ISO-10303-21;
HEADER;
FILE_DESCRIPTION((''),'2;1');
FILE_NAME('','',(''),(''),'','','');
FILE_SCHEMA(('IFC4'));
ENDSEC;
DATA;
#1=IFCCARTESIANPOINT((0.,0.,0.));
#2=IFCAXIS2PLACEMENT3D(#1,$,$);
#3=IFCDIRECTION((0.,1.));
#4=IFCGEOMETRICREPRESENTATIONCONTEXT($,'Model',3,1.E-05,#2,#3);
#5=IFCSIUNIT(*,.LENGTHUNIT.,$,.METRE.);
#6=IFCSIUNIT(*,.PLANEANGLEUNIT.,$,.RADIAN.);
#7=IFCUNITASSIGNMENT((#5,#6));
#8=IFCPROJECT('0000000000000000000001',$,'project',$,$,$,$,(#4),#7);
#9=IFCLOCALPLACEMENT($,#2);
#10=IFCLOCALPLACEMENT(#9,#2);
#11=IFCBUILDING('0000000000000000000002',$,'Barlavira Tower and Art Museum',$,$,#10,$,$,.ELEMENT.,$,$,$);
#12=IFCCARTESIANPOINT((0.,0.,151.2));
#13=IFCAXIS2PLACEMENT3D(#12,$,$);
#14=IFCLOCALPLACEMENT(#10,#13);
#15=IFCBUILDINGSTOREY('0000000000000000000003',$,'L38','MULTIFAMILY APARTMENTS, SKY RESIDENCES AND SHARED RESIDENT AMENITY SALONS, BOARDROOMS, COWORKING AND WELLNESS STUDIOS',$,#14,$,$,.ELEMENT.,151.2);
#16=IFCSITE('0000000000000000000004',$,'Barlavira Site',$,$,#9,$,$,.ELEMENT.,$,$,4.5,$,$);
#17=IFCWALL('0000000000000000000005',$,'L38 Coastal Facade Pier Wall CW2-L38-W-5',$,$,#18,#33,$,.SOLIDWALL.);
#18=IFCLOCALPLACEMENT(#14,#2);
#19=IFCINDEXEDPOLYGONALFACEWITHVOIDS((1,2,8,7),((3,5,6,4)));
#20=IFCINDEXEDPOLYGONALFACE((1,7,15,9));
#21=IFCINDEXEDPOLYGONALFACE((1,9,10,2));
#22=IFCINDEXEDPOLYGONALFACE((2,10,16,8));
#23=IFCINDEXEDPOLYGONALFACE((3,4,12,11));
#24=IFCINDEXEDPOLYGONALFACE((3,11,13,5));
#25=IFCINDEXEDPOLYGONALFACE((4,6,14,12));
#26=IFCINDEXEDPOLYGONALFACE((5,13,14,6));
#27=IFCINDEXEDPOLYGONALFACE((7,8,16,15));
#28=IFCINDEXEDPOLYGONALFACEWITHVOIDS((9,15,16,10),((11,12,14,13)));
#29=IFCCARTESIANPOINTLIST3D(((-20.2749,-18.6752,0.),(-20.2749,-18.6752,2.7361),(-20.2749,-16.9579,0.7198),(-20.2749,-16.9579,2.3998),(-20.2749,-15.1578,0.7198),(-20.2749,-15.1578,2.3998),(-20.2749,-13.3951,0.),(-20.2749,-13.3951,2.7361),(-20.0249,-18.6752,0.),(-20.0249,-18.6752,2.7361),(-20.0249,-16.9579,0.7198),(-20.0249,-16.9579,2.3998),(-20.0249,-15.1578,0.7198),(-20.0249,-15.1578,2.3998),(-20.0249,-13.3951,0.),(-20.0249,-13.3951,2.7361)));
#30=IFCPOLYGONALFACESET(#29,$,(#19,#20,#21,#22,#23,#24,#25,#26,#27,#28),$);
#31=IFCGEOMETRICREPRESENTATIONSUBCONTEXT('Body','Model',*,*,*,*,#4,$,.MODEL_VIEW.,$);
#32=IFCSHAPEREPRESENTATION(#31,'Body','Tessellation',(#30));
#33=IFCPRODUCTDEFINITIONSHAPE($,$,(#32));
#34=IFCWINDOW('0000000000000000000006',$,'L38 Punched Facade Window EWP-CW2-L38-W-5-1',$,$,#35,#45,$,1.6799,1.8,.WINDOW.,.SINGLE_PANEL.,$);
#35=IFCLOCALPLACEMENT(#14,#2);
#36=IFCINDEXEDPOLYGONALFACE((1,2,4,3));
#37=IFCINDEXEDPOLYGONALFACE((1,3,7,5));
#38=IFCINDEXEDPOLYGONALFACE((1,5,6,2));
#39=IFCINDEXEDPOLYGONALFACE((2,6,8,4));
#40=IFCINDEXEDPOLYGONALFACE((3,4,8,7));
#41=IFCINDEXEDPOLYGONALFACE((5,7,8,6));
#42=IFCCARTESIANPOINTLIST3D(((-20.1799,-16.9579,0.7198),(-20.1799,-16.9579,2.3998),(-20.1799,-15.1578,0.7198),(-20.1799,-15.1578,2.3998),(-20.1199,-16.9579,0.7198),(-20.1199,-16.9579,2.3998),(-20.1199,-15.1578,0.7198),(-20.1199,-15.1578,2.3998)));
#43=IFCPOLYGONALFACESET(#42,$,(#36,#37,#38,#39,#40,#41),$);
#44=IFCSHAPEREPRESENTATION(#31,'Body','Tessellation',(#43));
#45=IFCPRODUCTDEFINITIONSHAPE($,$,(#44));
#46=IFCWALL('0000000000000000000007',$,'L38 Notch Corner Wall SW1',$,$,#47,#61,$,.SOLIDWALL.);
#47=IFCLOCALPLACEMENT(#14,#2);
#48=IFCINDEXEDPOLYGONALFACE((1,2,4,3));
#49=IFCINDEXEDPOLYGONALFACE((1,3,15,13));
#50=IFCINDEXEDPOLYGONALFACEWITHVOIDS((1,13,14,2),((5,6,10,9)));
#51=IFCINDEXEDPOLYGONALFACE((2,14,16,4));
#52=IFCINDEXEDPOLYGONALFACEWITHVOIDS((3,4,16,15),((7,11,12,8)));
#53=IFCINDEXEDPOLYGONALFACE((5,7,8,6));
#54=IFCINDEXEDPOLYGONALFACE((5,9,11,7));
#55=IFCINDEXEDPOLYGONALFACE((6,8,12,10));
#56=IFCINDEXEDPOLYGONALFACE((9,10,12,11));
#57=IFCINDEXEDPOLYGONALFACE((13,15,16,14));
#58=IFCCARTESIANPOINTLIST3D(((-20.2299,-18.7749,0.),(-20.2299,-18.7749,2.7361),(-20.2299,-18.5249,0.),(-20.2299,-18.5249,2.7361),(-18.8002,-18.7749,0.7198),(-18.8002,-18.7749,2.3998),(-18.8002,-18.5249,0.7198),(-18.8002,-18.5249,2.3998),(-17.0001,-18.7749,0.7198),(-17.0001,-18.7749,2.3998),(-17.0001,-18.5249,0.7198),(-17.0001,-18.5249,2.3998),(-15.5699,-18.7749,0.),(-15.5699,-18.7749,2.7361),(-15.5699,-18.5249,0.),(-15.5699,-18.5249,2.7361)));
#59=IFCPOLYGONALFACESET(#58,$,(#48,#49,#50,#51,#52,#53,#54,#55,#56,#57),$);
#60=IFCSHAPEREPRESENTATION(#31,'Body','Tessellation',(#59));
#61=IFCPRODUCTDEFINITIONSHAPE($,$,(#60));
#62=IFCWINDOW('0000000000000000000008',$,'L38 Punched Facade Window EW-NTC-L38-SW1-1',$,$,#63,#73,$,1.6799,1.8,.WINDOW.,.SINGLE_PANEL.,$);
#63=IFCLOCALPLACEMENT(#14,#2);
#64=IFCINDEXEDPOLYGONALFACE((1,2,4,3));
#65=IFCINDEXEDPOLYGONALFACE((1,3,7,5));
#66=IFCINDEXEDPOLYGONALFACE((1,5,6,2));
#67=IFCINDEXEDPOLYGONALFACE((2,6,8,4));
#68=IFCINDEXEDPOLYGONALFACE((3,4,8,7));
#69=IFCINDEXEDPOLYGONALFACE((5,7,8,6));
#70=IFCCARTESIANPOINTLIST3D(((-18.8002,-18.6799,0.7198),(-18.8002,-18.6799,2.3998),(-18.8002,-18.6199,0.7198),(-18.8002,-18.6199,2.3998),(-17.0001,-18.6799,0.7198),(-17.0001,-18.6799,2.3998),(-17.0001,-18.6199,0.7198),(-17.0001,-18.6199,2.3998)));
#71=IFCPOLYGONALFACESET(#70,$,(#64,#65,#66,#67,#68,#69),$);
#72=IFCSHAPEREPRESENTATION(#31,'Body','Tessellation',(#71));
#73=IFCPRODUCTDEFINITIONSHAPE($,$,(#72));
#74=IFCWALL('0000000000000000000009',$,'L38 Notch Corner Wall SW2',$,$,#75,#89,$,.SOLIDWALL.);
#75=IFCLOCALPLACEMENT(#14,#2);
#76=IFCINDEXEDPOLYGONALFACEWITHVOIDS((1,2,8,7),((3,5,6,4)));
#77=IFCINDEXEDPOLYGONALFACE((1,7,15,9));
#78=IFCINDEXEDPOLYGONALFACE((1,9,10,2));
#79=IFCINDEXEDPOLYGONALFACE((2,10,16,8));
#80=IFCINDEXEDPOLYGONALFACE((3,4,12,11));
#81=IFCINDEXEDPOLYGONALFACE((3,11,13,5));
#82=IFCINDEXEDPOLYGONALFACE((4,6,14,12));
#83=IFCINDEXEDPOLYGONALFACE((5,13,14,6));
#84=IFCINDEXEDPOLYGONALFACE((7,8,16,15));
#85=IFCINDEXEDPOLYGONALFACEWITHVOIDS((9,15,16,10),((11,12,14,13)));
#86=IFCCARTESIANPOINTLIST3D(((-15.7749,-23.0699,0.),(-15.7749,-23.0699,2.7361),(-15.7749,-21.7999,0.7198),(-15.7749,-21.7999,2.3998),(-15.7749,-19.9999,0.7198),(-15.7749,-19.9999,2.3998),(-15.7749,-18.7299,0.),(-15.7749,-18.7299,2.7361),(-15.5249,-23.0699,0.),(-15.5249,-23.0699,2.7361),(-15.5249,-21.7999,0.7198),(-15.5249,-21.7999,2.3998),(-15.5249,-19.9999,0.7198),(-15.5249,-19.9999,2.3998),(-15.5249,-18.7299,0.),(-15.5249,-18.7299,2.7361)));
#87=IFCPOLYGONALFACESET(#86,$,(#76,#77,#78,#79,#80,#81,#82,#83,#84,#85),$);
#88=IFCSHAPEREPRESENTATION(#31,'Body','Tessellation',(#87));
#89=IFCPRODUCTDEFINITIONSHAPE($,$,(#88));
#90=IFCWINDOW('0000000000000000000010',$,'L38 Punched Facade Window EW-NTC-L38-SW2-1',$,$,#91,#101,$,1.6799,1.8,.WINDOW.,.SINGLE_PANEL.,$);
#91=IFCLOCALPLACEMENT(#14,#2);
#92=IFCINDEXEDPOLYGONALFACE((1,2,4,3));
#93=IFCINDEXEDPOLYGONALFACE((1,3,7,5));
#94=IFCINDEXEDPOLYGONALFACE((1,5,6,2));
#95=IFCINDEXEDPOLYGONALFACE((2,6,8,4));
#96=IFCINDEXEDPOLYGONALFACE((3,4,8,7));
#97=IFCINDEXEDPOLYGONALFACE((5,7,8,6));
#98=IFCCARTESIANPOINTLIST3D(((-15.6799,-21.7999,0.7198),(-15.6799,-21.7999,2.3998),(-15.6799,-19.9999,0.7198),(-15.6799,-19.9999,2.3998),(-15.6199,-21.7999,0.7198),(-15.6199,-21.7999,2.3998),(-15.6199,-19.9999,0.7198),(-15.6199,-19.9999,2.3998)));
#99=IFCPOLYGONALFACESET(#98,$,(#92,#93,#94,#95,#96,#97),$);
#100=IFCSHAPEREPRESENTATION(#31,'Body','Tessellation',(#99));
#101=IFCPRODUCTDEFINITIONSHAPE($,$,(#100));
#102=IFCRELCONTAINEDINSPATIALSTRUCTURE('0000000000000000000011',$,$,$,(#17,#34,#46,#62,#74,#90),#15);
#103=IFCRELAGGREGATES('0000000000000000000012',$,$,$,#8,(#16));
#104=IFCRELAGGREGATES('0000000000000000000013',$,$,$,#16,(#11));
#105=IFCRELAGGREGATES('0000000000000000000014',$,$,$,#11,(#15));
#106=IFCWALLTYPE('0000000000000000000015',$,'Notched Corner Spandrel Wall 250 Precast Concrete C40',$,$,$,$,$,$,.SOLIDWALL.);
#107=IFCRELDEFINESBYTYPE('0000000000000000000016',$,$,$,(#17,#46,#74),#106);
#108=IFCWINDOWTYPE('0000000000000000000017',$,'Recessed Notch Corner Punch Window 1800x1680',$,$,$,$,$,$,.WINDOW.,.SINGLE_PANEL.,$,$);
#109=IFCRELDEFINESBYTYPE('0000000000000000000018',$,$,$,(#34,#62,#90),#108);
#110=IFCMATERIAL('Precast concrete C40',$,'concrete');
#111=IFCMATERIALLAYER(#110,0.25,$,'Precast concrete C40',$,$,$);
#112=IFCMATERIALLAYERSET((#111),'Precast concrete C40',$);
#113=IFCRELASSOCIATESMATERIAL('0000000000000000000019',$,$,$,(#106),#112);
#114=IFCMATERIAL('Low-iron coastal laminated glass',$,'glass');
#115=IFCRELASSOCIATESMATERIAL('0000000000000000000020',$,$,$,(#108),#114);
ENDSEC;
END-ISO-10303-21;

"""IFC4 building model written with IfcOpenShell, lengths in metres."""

from ifc_helpers import new_model, si_unit, direction, frame, frame_2d, origin, place, context, subcontext, project, spatial, rectangle, extrude, material, layer, layer_set, type_object, element, fill, save


model = new_model("IFC4")

# Units and contexts
model_context = context("Model", 3, precision=1e-05, world=origin(), true_north=direction((0.0, 1.0)))
body_context = subcontext(model_context, "Body", "Model", "MODEL_VIEW")
ifc_project = project(units=[si_unit("LENGTHUNIT", "METRE"), si_unit("PLANEANGLEUNIT", "RADIAN")], contexts=[model_context])

# Site, building, storey
site_placement = place(None, origin())
site = spatial("IfcSite", under=ifc_project, at=site_placement, Name="Barlavira Site", CompositionType="ELEMENT", RefElevation=4.5)
building_placement = place(site_placement, origin())
building = spatial("IfcBuilding", under=site, at=building_placement, Name="Barlavira Tower and Art Museum", CompositionType="ELEMENT")
storey_placement = place(building_placement, frame((0.0, 0.0, 151.2)))
storey = spatial("IfcBuildingStorey", under=building, at=storey_placement, Name="L38", Description="MULTIFAMILY APARTMENTS, SKY RESIDENCES AND SHARED RESIDENT AMENITY SALONS, BOARDROOMS, COWORKING AND WELLNESS STUDIOS", CompositionType="ELEMENT", Elevation=151.2)

# Walls, openings, windows
ifc_material_1 = material(Name="Precast concrete C40", Category="concrete")
ifc_layer_1 = layer(ifc_material_1, 0.25, Name="Precast concrete C40")
ifc_layer_set_1 = layer_set([ifc_layer_1], Name="Precast concrete C40")
wall_type_1 = type_object("IfcWallType", Name="Notched Corner Spandrel Wall 250 Precast Concrete C40", PredefinedType="SOLIDWALL", material=ifc_layer_set_1)
ifc_material_2 = material(Name="Low-iron coastal laminated glass", Category="glass")
window_type = type_object("IfcWindowType", Name="Recessed Notch Corner Punch Window 1800x1680", PartitioningType="SINGLE_PANEL", PredefinedType="WINDOW", material=ifc_material_2)
wall_1_placement = place(storey_placement, frame((-20.1499, -13.395, 0.0), z_axis=(0.0, 0.0, 1.0), x_axis=(0.0, -1.0, 0.0)))
wall_1 = element("IfcWall", 1, at=wall_1_placement, inside=storey, type_object=wall_type_1, Name="L38 Coastal Facade Pier Wall CW2-L38-W-5", PredefinedType="SOLIDWALL", context=body_context, shape_type="SweptSolid", body=[
    extrude(rectangle(XDim=5.28, YDim=0.25, at=frame_2d((2.6401, 0.0))), origin(), (0.0, 0.0, 1.0), 2.7361),
])
opening_1_placement = place(wall_1_placement, frame((1.7629, 0.0, 0.72)))
opening_1 = element("IfcOpeningElement", 2, at=opening_1_placement, cuts=wall_1, PredefinedType="OPENING", context=body_context, shape_type="SweptSolid", body=[
    extrude(rectangle(XDim=1.8, YDim=1.6799, at=frame_2d((0.8999, 0.8398))), frame((0.0, 0.135, 0.0), z_axis=(0.0, -1.0, 0.0), x_axis=(1.0, 0.0, 0.0)), (0.0, 0.0, 1.0), 0.27),
])
window_1_placement = place(opening_1_placement, origin())
window_1 = element("IfcWindow", 3, at=window_1_placement, inside=storey, type_object=window_type, Name="L38 Punched Facade Window EWP-CW2-L38-W-5-1", OverallHeight=1.6799, OverallWidth=1.8, PartitioningType="SINGLE_PANEL", PredefinedType="WINDOW", context=body_context, shape_type="SweptSolid", body=[
    extrude(rectangle(XDim=1.8, YDim=1.6799, at=frame_2d((0.8999, 0.8398))), frame((0.0, 0.03, 0.0), z_axis=(0.0, -1.0, 0.0), x_axis=(1.0, 0.0, 0.0)), (0.0, 0.0, 1.0), 0.0601),
])
fill(opening_1, window_1)
wall_2_placement = place(storey_placement, frame((-20.23, -18.6499, 0.0), z_axis=(0.0, 0.0, 1.0), x_axis=(1.0, 0.0, 0.0)))
wall_2 = element("IfcWall", 4, at=wall_2_placement, inside=storey, type_object=wall_type_1, Name="L38 Notch Corner Wall SW1", PredefinedType="SOLIDWALL", context=body_context, shape_type="SweptSolid", body=[
    extrude(rectangle(XDim=4.6599, YDim=0.25, at=frame_2d((2.3301, 0.0))), origin(), (0.0, 0.0, 1.0), 2.7361),
])
opening_2_placement = place(wall_2_placement, frame((1.4299, 0.0, 0.72)))
opening_2 = element("IfcOpeningElement", 5, at=opening_2_placement, cuts=wall_2, PredefinedType="OPENING", context=body_context, shape_type="SweptSolid", body=[
    extrude(rectangle(XDim=1.8, YDim=1.6799, at=frame_2d((0.8999, 0.8398))), frame((0.0, 0.135, 0.0), z_axis=(0.0, -1.0, 0.0), x_axis=(1.0, 0.0, 0.0)), (0.0, 0.0, 1.0), 0.27),
])
window_2_placement = place(opening_2_placement, origin())
window_2 = element("IfcWindow", 6, at=window_2_placement, inside=storey, type_object=window_type, Name="L38 Punched Facade Window EW-NTC-L38-SW1-1", OverallHeight=1.6799, OverallWidth=1.8, PartitioningType="SINGLE_PANEL", PredefinedType="WINDOW", context=body_context, shape_type="SweptSolid", body=[
    extrude(rectangle(XDim=1.8, YDim=1.6799, at=frame_2d((0.8999, 0.8398))), frame((0.0, 0.03, 0.0), z_axis=(0.0, -1.0, 0.0), x_axis=(1.0, 0.0, 0.0)), (0.0, 0.0, 1.0), 0.0601),
])
fill(opening_2, window_2)
wall_3_placement = place(storey_placement, frame((-15.6499, -18.73, 0.0), z_axis=(0.0, 0.0, 1.0), x_axis=(0.0, -1.0, 0.0)))
wall_3 = element("IfcWall", 7, at=wall_3_placement, inside=storey, type_object=wall_type_1, Name="L38 Notch Corner Wall SW2", PredefinedType="SOLIDWALL", context=body_context, shape_type="SweptSolid", body=[
    extrude(rectangle(XDim=4.3401, YDim=0.25, at=frame_2d((2.1699, 0.0))), origin(), (0.0, 0.0, 1.0), 2.7361),
])
opening_3_placement = place(wall_3_placement, frame((1.27, 0.0, 0.72)))
opening_3 = element("IfcOpeningElement", 8, at=opening_3_placement, cuts=wall_3, PredefinedType="OPENING", context=body_context, shape_type="SweptSolid", body=[
    extrude(rectangle(XDim=1.8, YDim=1.6799, at=frame_2d((0.8999, 0.8398))), frame((0.0, 0.135, 0.0), z_axis=(0.0, -1.0, 0.0), x_axis=(1.0, 0.0, 0.0)), (0.0, 0.0, 1.0), 0.27),
])
window_3_placement = place(opening_3_placement, origin())
window_3 = element("IfcWindow", 9, at=window_3_placement, inside=storey, type_object=window_type, Name="L38 Punched Facade Window EW-NTC-L38-SW2-1", OverallHeight=1.6799, OverallWidth=1.8, PartitioningType="SINGLE_PANEL", PredefinedType="WINDOW", context=body_context, shape_type="SweptSolid", body=[
    extrude(rectangle(XDim=1.8, YDim=1.6799, at=frame_2d((0.8999, 0.8398))), frame((0.0, 0.03, 0.0), z_axis=(0.0, -1.0, 0.0), x_axis=(1.0, 0.0, 0.0)), (0.0, 0.0, 1.0), 0.0601),
])
fill(opening_3, window_3)

save(model, "model.ifc")
